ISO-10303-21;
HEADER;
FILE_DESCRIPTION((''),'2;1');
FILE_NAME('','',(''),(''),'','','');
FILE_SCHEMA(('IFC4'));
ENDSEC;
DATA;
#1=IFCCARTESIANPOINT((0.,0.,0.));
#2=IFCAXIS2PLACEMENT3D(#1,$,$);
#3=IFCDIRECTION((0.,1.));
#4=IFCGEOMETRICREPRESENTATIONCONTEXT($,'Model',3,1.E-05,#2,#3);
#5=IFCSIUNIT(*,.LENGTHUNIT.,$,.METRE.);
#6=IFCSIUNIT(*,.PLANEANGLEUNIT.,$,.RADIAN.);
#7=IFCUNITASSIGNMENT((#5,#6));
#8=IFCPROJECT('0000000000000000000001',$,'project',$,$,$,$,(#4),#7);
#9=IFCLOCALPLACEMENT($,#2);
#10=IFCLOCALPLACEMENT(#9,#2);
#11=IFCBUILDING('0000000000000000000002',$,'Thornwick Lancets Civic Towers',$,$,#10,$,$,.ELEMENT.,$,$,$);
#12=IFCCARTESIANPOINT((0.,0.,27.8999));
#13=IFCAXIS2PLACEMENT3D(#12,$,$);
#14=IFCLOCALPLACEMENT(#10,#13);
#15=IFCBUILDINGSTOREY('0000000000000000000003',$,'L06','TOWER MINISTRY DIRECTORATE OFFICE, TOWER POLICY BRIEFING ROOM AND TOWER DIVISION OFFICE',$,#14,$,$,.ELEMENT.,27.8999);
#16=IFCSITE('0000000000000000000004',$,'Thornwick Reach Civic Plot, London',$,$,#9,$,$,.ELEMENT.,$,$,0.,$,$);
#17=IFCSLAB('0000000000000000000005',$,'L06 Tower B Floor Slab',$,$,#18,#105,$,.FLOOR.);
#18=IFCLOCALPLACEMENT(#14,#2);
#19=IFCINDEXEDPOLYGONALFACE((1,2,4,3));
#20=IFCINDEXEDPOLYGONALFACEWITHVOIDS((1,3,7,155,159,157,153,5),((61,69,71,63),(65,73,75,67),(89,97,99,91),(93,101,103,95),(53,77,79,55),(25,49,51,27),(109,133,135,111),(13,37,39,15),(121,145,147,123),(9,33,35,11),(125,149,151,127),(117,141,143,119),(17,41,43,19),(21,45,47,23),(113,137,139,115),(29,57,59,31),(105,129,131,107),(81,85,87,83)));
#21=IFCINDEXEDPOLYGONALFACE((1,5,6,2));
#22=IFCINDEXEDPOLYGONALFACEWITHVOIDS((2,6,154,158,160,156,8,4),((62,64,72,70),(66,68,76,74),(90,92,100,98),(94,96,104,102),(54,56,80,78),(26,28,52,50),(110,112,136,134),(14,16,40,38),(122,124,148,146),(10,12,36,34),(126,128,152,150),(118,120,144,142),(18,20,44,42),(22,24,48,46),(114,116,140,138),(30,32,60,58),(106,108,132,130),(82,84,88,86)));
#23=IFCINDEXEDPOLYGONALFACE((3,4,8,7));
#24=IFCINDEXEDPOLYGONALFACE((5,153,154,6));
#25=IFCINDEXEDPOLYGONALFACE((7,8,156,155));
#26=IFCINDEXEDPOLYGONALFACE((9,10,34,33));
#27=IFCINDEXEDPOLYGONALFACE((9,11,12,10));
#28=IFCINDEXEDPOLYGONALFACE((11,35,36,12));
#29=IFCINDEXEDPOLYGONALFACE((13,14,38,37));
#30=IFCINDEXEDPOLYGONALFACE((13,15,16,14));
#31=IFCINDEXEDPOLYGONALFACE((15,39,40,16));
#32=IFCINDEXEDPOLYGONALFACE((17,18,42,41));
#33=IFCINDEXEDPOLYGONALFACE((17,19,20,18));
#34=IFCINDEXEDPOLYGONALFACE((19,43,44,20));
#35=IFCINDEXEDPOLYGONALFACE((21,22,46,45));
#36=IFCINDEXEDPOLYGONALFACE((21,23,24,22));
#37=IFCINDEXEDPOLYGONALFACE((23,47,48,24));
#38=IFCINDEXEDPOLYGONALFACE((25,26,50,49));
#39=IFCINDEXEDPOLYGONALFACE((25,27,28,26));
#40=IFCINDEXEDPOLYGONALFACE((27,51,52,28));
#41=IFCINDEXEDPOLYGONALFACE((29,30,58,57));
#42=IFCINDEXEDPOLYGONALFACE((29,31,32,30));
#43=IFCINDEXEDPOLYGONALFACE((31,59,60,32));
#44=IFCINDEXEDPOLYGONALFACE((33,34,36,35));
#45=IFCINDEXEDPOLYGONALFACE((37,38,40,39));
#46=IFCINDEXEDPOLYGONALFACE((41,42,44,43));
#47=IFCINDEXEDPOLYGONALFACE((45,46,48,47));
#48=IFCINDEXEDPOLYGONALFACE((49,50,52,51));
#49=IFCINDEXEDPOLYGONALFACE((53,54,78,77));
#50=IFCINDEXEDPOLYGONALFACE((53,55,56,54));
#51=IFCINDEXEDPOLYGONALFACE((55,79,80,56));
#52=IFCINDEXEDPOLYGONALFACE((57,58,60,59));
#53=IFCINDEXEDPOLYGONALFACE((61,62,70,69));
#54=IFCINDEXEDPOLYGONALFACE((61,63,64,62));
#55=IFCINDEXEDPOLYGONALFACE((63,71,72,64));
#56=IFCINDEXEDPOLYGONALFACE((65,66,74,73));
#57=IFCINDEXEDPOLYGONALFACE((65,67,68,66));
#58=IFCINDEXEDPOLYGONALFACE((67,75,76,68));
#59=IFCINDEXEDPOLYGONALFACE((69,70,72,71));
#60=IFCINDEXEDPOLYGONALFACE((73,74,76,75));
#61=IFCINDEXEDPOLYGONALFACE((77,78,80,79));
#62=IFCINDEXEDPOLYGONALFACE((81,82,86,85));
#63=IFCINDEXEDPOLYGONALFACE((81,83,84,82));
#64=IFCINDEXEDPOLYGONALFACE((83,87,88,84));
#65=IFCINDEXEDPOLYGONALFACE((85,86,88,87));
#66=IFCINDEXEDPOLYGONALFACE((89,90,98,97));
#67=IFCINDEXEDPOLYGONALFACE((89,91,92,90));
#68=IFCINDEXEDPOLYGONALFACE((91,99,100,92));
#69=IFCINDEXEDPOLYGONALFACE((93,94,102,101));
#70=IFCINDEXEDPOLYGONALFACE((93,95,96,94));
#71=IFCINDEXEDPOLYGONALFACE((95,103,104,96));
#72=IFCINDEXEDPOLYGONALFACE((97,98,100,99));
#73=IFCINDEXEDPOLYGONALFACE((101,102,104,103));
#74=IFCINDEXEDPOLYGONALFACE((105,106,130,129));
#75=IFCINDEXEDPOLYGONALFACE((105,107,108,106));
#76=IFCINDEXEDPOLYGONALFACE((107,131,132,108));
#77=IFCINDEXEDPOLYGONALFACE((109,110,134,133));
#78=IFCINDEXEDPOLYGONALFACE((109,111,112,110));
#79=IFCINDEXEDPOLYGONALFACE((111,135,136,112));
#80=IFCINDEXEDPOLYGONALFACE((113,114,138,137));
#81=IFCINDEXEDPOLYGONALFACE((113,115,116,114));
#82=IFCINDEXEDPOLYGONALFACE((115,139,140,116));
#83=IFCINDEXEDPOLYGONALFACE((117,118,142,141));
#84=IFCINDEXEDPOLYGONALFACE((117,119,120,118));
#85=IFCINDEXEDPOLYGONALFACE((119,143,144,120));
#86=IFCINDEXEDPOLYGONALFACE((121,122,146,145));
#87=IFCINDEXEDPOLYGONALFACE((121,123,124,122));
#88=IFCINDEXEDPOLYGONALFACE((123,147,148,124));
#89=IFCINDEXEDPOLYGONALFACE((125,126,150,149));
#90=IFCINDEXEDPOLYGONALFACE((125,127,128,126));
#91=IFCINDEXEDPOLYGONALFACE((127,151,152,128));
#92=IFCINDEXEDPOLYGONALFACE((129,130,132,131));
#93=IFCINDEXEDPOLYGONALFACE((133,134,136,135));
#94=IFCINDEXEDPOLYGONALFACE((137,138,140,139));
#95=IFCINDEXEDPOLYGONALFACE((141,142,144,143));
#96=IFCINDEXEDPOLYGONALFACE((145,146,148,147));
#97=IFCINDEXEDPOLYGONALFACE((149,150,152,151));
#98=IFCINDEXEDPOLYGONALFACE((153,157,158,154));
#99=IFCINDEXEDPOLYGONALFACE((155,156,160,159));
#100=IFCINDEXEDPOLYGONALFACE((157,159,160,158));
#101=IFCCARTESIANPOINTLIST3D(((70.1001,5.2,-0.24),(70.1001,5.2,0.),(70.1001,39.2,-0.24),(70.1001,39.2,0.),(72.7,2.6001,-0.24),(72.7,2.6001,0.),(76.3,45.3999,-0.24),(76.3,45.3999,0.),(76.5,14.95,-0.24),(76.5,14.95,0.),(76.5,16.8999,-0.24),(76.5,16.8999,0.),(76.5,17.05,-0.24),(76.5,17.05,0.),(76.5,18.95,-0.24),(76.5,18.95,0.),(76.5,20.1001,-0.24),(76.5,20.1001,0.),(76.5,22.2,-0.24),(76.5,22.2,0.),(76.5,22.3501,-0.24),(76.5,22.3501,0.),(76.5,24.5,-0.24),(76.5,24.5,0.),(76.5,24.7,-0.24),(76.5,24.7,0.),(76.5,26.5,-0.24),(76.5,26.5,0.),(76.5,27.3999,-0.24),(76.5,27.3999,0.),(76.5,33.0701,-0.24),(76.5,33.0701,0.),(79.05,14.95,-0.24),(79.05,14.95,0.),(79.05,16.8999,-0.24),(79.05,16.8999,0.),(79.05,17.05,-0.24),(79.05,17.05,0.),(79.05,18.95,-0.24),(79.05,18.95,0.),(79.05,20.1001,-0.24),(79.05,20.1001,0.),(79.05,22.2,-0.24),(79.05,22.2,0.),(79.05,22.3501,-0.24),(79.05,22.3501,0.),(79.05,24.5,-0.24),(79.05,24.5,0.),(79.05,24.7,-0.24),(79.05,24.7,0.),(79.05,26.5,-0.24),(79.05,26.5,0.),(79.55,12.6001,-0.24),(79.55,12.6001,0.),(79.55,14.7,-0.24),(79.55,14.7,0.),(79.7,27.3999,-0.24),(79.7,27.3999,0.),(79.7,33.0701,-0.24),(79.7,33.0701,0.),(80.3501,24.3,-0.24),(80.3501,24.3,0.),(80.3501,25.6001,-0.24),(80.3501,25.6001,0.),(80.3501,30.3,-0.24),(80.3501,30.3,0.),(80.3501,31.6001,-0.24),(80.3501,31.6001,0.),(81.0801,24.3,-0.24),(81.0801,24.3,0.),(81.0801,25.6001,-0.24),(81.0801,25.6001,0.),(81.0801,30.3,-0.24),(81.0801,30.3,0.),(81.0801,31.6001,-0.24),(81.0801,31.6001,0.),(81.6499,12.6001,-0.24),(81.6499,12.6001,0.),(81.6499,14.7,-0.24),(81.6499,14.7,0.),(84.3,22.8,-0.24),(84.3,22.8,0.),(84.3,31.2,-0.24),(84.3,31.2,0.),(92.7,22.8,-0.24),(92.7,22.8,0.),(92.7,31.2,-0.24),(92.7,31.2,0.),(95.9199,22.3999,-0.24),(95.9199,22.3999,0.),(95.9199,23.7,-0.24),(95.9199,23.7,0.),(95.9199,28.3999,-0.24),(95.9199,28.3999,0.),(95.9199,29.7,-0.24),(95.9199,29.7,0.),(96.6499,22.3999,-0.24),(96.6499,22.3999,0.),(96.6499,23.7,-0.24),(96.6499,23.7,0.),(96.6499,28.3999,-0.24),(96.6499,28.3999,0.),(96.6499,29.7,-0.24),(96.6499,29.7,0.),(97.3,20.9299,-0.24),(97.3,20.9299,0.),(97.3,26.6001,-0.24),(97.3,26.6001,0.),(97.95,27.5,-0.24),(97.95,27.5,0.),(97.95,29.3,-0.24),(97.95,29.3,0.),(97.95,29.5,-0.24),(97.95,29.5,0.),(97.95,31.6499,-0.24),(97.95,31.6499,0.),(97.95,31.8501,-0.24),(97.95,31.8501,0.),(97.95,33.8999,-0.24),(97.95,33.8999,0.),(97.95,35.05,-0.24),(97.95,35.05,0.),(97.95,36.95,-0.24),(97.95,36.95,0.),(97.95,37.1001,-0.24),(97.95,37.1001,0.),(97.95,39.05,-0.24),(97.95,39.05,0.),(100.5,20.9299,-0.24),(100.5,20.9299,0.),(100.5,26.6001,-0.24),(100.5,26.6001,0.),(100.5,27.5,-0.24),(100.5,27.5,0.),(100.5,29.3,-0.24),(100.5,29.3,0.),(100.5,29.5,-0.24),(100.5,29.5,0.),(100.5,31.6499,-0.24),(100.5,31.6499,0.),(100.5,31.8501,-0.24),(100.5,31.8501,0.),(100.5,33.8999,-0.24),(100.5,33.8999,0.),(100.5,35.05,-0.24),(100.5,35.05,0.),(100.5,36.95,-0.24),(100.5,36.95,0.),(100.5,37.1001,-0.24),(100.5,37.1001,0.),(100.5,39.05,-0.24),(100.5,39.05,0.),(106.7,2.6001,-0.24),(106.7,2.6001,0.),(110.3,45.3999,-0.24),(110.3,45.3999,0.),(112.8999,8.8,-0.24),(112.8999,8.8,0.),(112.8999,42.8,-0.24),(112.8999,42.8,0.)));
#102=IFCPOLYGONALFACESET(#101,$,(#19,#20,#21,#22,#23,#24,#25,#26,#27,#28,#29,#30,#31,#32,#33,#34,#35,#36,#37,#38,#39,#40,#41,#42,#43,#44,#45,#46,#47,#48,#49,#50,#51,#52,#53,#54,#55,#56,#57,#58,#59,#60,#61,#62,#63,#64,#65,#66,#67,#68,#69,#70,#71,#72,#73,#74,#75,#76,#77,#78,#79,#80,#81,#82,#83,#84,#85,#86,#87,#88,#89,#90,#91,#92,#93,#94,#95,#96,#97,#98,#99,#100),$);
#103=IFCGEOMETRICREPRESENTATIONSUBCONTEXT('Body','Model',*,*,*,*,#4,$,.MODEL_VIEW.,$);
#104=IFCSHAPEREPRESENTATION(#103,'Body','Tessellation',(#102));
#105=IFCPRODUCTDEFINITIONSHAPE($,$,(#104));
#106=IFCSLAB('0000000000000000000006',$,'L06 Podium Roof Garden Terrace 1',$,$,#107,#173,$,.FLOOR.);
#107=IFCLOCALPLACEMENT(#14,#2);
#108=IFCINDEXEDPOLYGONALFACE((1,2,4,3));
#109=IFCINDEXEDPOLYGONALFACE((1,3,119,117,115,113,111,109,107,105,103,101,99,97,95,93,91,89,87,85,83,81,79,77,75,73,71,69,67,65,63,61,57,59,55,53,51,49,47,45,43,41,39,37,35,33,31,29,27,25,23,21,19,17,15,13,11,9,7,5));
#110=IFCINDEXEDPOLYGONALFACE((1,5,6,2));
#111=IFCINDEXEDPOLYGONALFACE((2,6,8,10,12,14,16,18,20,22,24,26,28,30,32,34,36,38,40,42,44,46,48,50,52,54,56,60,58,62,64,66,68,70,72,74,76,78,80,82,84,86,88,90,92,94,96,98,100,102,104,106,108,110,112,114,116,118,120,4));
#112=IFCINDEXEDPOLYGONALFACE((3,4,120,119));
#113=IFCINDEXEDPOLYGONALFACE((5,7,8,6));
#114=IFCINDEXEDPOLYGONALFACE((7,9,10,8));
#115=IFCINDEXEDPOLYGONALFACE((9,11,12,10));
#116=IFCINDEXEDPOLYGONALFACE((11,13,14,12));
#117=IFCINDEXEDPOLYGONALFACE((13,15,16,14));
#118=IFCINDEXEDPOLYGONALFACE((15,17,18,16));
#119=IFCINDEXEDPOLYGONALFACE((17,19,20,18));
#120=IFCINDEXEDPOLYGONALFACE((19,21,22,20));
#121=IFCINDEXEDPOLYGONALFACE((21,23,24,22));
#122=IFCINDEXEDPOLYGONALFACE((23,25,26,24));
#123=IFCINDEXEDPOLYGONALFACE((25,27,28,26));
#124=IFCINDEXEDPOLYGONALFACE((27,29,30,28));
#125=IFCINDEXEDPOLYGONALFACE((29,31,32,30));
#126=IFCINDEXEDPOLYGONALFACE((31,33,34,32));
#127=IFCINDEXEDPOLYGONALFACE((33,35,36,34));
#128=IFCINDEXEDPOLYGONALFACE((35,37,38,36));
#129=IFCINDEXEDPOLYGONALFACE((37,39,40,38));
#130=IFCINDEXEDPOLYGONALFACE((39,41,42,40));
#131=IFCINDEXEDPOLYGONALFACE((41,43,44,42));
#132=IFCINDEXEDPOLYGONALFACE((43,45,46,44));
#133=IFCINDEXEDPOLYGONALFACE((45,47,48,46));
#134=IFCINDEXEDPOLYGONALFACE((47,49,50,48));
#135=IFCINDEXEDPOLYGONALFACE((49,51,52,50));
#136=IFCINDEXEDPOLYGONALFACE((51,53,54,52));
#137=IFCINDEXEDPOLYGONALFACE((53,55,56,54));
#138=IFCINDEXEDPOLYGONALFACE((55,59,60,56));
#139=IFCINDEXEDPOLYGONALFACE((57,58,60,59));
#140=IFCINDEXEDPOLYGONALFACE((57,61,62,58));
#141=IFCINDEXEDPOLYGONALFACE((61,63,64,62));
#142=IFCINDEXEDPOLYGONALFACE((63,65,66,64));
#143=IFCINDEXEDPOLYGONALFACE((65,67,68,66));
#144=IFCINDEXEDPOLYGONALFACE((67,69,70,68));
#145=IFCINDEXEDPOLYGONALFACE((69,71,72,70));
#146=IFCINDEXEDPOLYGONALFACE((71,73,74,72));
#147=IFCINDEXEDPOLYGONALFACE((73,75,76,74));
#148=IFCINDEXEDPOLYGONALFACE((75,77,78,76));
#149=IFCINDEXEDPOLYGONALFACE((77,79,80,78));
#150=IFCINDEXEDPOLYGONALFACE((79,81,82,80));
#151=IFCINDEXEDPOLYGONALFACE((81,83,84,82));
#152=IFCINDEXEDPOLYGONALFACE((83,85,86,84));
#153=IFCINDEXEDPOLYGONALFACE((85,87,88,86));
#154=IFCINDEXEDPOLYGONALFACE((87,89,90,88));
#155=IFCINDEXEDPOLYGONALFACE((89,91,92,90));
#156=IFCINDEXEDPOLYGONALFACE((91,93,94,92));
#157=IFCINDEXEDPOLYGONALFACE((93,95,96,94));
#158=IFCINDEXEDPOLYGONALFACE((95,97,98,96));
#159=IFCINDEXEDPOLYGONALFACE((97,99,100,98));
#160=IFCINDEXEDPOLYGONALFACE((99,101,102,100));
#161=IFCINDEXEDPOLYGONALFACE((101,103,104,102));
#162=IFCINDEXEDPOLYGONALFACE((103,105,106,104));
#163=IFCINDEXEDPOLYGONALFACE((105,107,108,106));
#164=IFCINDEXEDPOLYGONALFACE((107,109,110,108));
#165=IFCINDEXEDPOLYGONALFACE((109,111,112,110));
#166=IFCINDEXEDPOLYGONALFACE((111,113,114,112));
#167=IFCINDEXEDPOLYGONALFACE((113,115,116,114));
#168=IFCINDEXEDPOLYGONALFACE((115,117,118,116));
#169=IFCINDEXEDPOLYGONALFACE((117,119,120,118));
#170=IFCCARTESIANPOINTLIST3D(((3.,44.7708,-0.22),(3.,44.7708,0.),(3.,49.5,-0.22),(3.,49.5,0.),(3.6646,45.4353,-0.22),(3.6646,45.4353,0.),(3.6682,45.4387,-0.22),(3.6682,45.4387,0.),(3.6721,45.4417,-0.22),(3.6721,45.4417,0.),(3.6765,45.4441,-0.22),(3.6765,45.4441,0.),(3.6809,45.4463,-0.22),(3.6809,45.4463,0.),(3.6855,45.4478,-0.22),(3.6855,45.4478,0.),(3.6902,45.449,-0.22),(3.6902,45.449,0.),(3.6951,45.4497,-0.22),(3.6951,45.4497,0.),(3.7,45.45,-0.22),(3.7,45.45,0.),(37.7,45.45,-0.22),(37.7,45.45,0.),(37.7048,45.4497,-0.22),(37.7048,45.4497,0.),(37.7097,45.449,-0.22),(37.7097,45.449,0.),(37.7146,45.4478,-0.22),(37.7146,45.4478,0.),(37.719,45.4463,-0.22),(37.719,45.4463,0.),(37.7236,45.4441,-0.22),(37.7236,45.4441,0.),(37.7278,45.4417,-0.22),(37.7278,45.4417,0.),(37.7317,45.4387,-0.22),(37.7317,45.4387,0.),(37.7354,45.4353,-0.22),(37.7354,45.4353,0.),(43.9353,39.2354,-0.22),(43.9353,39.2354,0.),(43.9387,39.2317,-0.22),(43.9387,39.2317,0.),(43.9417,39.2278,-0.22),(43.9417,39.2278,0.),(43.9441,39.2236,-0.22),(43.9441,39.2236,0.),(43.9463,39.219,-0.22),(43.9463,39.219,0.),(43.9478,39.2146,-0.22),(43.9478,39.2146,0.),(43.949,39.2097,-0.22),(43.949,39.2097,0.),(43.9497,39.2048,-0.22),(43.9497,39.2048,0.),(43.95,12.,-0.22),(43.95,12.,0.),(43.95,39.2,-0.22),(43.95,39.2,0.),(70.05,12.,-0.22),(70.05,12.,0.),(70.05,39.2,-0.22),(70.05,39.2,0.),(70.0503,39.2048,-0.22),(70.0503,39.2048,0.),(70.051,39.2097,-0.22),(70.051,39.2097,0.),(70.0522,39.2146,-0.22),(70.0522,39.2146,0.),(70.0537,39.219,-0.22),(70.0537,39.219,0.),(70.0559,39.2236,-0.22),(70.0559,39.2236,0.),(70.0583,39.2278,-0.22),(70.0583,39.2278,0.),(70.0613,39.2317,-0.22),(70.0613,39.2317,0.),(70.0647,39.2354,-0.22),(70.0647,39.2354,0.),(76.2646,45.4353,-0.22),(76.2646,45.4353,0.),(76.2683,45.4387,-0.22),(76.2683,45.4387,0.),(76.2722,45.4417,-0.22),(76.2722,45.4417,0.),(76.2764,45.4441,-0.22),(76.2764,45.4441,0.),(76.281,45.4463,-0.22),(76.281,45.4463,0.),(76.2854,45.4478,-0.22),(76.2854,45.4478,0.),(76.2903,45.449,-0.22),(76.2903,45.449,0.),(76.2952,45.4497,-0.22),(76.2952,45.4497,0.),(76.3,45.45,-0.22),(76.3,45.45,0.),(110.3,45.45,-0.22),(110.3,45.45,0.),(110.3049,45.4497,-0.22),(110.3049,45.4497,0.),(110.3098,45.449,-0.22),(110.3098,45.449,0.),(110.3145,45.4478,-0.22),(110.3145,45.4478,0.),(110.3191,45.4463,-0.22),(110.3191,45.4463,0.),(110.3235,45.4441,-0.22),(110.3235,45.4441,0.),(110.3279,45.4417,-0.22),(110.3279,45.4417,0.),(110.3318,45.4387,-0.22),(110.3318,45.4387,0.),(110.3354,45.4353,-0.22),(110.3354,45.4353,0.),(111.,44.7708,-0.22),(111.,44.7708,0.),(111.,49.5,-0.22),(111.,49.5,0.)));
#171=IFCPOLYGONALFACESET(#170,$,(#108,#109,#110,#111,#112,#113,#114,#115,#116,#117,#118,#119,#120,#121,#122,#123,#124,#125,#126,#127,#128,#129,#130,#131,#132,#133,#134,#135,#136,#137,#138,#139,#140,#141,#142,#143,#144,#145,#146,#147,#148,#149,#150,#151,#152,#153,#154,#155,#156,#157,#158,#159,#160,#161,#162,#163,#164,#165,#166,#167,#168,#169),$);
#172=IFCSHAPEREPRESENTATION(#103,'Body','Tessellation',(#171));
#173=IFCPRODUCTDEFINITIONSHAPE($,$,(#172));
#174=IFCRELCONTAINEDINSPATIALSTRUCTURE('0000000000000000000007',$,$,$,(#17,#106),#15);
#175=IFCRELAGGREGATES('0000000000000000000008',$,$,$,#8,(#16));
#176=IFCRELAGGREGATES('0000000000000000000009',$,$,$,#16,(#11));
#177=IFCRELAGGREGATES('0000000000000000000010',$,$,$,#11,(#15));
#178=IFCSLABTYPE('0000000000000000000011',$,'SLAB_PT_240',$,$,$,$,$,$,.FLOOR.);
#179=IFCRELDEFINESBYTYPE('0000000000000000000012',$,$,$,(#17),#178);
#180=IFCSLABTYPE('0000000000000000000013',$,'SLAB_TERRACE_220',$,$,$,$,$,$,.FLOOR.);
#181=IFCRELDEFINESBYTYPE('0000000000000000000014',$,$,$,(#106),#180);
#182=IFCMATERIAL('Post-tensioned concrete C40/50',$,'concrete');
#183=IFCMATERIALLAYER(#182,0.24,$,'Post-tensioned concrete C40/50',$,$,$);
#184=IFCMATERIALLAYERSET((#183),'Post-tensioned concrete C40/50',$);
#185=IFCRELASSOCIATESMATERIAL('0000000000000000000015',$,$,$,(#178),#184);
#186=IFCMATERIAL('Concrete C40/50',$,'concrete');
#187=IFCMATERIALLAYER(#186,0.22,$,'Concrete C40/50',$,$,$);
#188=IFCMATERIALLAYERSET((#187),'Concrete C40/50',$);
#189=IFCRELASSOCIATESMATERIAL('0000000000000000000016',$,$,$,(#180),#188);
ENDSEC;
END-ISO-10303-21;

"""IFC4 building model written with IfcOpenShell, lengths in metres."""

from ifc_helpers import new_model, si_unit, direction, frame, origin, place, context, subcontext, project, spatial, polyline, outline, extrude, material, layer, layer_set, type_object, element, save


model = new_model("IFC4")

# Units and contexts
model_context = context("Model", 3, precision=1e-05, world=origin(), true_north=direction((0.0, 1.0)))
body_context = subcontext(model_context, "Body", "Model", "MODEL_VIEW")
ifc_project = project(units=[si_unit("LENGTHUNIT", "METRE"), si_unit("PLANEANGLEUNIT", "RADIAN")], contexts=[model_context])

# Site, building, storey
site_placement = place(None, origin())
site = spatial("IfcSite", under=ifc_project, at=site_placement, Name="Thornwick Reach Civic Plot, London", CompositionType="ELEMENT", RefElevation=0.0)
building_placement = place(site_placement, origin())
building = spatial("IfcBuilding", under=site, at=building_placement, Name="Thornwick Lancets Civic Towers", CompositionType="ELEMENT")
storey_placement = place(building_placement, frame((0.0, 0.0, 27.8999)))
storey = spatial("IfcBuildingStorey", under=building, at=storey_placement, Name="L06", Description="TOWER MINISTRY DIRECTORATE OFFICE, TOWER POLICY BRIEFING ROOM AND TOWER DIVISION OFFICE", CompositionType="ELEMENT", Elevation=27.8999)

# Shared definitions
ifc_material_1 = material(Name="Post-tensioned concrete C40/50", Category="concrete")

# Shared definitions
ifc_material_2 = material(Name="Concrete C40/50", Category="concrete")

# Slabs
ifc_layer_1 = layer(ifc_material_1, 0.24, Name="Post-tensioned concrete C40/50")
ifc_layer_set_1 = layer_set([ifc_layer_1], Name="Post-tensioned concrete C40/50")
slab_type_1 = type_object("IfcSlabType", Name="SLAB_PT_240", PredefinedType="FLOOR", material=ifc_layer_set_1)
slab_1_placement = place(storey_placement, frame((0.0, 0.0, -0.24)))
element("IfcSlab", 1, at=slab_1_placement, inside=storey, type_object=slab_type_1, Name="L06 Tower B Floor Slab", PredefinedType="FLOOR", context=body_context, shape_type="SweptSolid", body=[
    extrude(outline(polyline([(72.7, 2.6001), (106.7, 2.6001), (112.8999, 8.8), (112.8999, 42.8), (110.3, 45.3999), (76.3, 45.3999), (70.1001, 39.2), (70.1001, 5.2), (72.7, 2.6001)]), holes=[polyline([(84.3, 22.8), (92.7, 22.8), (92.7, 31.2), (84.3, 31.2), (84.3, 22.8)]), polyline([(100.5, 20.9299), (100.5, 26.6001), (97.3, 26.6001), (97.3, 20.9299), (100.5, 20.9299)]), polyline([(76.5, 33.0701), (76.5, 27.3999), (79.7, 27.3999), (79.7, 33.0701), (76.5, 33.0701)]), polyline([(97.95, 27.5), (100.5, 27.5), (100.5, 29.3), (97.95, 29.3), (97.95, 27.5)]), polyline([(97.95, 29.5), (100.5, 29.5), (100.5, 31.6499), (97.95, 31.6499), (97.95, 29.5)]), polyline([(97.95, 31.8501), (100.5, 31.8501), (100.5, 33.8999), (97.95, 33.8999), (97.95, 31.8501)]), polyline([(97.95, 35.05), (100.5, 35.05), (100.5, 36.95), (97.95, 36.95), (97.95, 35.05)]), polyline([(97.95, 37.1001), (100.5, 37.1001), (100.5, 39.05), (97.95, 39.05), (97.95, 37.1001)]), polyline([(76.5, 24.7), (79.05, 24.7), (79.05, 26.5), (76.5, 26.5), (76.5, 24.7)]), polyline([(76.5, 22.3501), (79.05, 22.3501), (79.05, 24.5), (76.5, 24.5), (76.5, 22.3501)]), polyline([(76.5, 20.1001), (79.05, 20.1001), (79.05, 22.2), (76.5, 22.2), (76.5, 20.1001)]), polyline([(76.5, 17.05), (79.05, 17.05), (79.05, 18.95), (76.5, 18.95), (76.5, 17.05)]), polyline([(76.5, 14.95), (79.05, 14.95), (79.05, 16.8999), (76.5, 16.8999), (76.5, 14.95)]), polyline([(79.55, 12.6001), (81.6499, 12.6001), (81.6499, 14.7), (79.55, 14.7), (79.55, 12.6001)]), polyline([(95.9199, 28.3999), (96.6499, 28.3999), (96.6499, 29.7), (95.9199, 29.7), (95.9199, 28.3999)]), polyline([(95.9199, 22.3999), (96.6499, 22.3999), (96.6499, 23.7), (95.9199, 23.7), (95.9199, 22.3999)]), polyline([(80.3501, 24.3), (81.0801, 24.3), (81.0801, 25.6001), (80.3501, 25.6001), (80.3501, 24.3)]), polyline([(80.3501, 30.3), (81.0801, 30.3), (81.0801, 31.6001), (80.3501, 31.6001), (80.3501, 30.3)])]), origin(), (0.0, 0.0, 1.0), 0.24),
])
ifc_layer_2 = layer(ifc_material_2, 0.22, Name="Concrete C40/50")
ifc_layer_set_2 = layer_set([ifc_layer_2], Name="Concrete C40/50")
slab_type_2 = type_object("IfcSlabType", Name="SLAB_TERRACE_220", PredefinedType="FLOOR", material=ifc_layer_set_2)
slab_2_placement = place(storey_placement, frame((0.0, 0.0, -0.22)))
element("IfcSlab", 2, at=slab_2_placement, inside=storey, type_object=slab_type_2, Name="L06 Podium Roof Garden Terrace 1", PredefinedType="FLOOR", context=body_context, shape_type="SweptSolid", body=[
    extrude(outline(polyline([(111.0, 49.5), (111.0, 44.7708), (110.3354, 45.4353), (110.3318, 45.4387), (110.3279, 45.4417), (110.3235, 45.4441), (110.3191, 45.4463), (110.3145, 45.4478), (110.3098, 45.449), (110.3049, 45.4497), (110.3, 45.45), (76.3, 45.45), (76.2952, 45.4497), (76.2903, 45.449), (76.2854, 45.4478), (76.281, 45.4463), (76.2764, 45.4441), (76.2722, 45.4417), (76.2683, 45.4387), (76.2646, 45.4353), (70.0647, 39.2354), (70.0613, 39.2317), (70.0583, 39.2278), (70.0559, 39.2236), (70.0537, 39.219), (70.0522, 39.2146), (70.051, 39.2097), (70.0503, 39.2048), (70.05, 39.2), (70.05, 12.0), (43.95, 12.0), (43.95, 39.2), (43.9497, 39.2048), (43.949, 39.2097), (43.9478, 39.2146), (43.9463, 39.219), (43.9441, 39.2236), (43.9417, 39.2278), (43.9387, 39.2317), (43.9353, 39.2354), (37.7354, 45.4353), (37.7317, 45.4387), (37.7278, 45.4417), (37.7236, 45.4441), (37.719, 45.4463), (37.7146, 45.4478), (37.7097, 45.449), (37.7048, 45.4497), (37.7, 45.45), (3.7, 45.45), (3.6951, 45.4497), (3.6902, 45.449), (3.6855, 45.4478), (3.6809, 45.4463), (3.6765, 45.4441), (3.6721, 45.4417), (3.6682, 45.4387), (3.6646, 45.4353), (3.0, 44.7708), (3.0, 49.5), (111.0, 49.5)])), origin(), (0.0, 0.0, 1.0), 0.22),
])

save(model, "model.ifc")
